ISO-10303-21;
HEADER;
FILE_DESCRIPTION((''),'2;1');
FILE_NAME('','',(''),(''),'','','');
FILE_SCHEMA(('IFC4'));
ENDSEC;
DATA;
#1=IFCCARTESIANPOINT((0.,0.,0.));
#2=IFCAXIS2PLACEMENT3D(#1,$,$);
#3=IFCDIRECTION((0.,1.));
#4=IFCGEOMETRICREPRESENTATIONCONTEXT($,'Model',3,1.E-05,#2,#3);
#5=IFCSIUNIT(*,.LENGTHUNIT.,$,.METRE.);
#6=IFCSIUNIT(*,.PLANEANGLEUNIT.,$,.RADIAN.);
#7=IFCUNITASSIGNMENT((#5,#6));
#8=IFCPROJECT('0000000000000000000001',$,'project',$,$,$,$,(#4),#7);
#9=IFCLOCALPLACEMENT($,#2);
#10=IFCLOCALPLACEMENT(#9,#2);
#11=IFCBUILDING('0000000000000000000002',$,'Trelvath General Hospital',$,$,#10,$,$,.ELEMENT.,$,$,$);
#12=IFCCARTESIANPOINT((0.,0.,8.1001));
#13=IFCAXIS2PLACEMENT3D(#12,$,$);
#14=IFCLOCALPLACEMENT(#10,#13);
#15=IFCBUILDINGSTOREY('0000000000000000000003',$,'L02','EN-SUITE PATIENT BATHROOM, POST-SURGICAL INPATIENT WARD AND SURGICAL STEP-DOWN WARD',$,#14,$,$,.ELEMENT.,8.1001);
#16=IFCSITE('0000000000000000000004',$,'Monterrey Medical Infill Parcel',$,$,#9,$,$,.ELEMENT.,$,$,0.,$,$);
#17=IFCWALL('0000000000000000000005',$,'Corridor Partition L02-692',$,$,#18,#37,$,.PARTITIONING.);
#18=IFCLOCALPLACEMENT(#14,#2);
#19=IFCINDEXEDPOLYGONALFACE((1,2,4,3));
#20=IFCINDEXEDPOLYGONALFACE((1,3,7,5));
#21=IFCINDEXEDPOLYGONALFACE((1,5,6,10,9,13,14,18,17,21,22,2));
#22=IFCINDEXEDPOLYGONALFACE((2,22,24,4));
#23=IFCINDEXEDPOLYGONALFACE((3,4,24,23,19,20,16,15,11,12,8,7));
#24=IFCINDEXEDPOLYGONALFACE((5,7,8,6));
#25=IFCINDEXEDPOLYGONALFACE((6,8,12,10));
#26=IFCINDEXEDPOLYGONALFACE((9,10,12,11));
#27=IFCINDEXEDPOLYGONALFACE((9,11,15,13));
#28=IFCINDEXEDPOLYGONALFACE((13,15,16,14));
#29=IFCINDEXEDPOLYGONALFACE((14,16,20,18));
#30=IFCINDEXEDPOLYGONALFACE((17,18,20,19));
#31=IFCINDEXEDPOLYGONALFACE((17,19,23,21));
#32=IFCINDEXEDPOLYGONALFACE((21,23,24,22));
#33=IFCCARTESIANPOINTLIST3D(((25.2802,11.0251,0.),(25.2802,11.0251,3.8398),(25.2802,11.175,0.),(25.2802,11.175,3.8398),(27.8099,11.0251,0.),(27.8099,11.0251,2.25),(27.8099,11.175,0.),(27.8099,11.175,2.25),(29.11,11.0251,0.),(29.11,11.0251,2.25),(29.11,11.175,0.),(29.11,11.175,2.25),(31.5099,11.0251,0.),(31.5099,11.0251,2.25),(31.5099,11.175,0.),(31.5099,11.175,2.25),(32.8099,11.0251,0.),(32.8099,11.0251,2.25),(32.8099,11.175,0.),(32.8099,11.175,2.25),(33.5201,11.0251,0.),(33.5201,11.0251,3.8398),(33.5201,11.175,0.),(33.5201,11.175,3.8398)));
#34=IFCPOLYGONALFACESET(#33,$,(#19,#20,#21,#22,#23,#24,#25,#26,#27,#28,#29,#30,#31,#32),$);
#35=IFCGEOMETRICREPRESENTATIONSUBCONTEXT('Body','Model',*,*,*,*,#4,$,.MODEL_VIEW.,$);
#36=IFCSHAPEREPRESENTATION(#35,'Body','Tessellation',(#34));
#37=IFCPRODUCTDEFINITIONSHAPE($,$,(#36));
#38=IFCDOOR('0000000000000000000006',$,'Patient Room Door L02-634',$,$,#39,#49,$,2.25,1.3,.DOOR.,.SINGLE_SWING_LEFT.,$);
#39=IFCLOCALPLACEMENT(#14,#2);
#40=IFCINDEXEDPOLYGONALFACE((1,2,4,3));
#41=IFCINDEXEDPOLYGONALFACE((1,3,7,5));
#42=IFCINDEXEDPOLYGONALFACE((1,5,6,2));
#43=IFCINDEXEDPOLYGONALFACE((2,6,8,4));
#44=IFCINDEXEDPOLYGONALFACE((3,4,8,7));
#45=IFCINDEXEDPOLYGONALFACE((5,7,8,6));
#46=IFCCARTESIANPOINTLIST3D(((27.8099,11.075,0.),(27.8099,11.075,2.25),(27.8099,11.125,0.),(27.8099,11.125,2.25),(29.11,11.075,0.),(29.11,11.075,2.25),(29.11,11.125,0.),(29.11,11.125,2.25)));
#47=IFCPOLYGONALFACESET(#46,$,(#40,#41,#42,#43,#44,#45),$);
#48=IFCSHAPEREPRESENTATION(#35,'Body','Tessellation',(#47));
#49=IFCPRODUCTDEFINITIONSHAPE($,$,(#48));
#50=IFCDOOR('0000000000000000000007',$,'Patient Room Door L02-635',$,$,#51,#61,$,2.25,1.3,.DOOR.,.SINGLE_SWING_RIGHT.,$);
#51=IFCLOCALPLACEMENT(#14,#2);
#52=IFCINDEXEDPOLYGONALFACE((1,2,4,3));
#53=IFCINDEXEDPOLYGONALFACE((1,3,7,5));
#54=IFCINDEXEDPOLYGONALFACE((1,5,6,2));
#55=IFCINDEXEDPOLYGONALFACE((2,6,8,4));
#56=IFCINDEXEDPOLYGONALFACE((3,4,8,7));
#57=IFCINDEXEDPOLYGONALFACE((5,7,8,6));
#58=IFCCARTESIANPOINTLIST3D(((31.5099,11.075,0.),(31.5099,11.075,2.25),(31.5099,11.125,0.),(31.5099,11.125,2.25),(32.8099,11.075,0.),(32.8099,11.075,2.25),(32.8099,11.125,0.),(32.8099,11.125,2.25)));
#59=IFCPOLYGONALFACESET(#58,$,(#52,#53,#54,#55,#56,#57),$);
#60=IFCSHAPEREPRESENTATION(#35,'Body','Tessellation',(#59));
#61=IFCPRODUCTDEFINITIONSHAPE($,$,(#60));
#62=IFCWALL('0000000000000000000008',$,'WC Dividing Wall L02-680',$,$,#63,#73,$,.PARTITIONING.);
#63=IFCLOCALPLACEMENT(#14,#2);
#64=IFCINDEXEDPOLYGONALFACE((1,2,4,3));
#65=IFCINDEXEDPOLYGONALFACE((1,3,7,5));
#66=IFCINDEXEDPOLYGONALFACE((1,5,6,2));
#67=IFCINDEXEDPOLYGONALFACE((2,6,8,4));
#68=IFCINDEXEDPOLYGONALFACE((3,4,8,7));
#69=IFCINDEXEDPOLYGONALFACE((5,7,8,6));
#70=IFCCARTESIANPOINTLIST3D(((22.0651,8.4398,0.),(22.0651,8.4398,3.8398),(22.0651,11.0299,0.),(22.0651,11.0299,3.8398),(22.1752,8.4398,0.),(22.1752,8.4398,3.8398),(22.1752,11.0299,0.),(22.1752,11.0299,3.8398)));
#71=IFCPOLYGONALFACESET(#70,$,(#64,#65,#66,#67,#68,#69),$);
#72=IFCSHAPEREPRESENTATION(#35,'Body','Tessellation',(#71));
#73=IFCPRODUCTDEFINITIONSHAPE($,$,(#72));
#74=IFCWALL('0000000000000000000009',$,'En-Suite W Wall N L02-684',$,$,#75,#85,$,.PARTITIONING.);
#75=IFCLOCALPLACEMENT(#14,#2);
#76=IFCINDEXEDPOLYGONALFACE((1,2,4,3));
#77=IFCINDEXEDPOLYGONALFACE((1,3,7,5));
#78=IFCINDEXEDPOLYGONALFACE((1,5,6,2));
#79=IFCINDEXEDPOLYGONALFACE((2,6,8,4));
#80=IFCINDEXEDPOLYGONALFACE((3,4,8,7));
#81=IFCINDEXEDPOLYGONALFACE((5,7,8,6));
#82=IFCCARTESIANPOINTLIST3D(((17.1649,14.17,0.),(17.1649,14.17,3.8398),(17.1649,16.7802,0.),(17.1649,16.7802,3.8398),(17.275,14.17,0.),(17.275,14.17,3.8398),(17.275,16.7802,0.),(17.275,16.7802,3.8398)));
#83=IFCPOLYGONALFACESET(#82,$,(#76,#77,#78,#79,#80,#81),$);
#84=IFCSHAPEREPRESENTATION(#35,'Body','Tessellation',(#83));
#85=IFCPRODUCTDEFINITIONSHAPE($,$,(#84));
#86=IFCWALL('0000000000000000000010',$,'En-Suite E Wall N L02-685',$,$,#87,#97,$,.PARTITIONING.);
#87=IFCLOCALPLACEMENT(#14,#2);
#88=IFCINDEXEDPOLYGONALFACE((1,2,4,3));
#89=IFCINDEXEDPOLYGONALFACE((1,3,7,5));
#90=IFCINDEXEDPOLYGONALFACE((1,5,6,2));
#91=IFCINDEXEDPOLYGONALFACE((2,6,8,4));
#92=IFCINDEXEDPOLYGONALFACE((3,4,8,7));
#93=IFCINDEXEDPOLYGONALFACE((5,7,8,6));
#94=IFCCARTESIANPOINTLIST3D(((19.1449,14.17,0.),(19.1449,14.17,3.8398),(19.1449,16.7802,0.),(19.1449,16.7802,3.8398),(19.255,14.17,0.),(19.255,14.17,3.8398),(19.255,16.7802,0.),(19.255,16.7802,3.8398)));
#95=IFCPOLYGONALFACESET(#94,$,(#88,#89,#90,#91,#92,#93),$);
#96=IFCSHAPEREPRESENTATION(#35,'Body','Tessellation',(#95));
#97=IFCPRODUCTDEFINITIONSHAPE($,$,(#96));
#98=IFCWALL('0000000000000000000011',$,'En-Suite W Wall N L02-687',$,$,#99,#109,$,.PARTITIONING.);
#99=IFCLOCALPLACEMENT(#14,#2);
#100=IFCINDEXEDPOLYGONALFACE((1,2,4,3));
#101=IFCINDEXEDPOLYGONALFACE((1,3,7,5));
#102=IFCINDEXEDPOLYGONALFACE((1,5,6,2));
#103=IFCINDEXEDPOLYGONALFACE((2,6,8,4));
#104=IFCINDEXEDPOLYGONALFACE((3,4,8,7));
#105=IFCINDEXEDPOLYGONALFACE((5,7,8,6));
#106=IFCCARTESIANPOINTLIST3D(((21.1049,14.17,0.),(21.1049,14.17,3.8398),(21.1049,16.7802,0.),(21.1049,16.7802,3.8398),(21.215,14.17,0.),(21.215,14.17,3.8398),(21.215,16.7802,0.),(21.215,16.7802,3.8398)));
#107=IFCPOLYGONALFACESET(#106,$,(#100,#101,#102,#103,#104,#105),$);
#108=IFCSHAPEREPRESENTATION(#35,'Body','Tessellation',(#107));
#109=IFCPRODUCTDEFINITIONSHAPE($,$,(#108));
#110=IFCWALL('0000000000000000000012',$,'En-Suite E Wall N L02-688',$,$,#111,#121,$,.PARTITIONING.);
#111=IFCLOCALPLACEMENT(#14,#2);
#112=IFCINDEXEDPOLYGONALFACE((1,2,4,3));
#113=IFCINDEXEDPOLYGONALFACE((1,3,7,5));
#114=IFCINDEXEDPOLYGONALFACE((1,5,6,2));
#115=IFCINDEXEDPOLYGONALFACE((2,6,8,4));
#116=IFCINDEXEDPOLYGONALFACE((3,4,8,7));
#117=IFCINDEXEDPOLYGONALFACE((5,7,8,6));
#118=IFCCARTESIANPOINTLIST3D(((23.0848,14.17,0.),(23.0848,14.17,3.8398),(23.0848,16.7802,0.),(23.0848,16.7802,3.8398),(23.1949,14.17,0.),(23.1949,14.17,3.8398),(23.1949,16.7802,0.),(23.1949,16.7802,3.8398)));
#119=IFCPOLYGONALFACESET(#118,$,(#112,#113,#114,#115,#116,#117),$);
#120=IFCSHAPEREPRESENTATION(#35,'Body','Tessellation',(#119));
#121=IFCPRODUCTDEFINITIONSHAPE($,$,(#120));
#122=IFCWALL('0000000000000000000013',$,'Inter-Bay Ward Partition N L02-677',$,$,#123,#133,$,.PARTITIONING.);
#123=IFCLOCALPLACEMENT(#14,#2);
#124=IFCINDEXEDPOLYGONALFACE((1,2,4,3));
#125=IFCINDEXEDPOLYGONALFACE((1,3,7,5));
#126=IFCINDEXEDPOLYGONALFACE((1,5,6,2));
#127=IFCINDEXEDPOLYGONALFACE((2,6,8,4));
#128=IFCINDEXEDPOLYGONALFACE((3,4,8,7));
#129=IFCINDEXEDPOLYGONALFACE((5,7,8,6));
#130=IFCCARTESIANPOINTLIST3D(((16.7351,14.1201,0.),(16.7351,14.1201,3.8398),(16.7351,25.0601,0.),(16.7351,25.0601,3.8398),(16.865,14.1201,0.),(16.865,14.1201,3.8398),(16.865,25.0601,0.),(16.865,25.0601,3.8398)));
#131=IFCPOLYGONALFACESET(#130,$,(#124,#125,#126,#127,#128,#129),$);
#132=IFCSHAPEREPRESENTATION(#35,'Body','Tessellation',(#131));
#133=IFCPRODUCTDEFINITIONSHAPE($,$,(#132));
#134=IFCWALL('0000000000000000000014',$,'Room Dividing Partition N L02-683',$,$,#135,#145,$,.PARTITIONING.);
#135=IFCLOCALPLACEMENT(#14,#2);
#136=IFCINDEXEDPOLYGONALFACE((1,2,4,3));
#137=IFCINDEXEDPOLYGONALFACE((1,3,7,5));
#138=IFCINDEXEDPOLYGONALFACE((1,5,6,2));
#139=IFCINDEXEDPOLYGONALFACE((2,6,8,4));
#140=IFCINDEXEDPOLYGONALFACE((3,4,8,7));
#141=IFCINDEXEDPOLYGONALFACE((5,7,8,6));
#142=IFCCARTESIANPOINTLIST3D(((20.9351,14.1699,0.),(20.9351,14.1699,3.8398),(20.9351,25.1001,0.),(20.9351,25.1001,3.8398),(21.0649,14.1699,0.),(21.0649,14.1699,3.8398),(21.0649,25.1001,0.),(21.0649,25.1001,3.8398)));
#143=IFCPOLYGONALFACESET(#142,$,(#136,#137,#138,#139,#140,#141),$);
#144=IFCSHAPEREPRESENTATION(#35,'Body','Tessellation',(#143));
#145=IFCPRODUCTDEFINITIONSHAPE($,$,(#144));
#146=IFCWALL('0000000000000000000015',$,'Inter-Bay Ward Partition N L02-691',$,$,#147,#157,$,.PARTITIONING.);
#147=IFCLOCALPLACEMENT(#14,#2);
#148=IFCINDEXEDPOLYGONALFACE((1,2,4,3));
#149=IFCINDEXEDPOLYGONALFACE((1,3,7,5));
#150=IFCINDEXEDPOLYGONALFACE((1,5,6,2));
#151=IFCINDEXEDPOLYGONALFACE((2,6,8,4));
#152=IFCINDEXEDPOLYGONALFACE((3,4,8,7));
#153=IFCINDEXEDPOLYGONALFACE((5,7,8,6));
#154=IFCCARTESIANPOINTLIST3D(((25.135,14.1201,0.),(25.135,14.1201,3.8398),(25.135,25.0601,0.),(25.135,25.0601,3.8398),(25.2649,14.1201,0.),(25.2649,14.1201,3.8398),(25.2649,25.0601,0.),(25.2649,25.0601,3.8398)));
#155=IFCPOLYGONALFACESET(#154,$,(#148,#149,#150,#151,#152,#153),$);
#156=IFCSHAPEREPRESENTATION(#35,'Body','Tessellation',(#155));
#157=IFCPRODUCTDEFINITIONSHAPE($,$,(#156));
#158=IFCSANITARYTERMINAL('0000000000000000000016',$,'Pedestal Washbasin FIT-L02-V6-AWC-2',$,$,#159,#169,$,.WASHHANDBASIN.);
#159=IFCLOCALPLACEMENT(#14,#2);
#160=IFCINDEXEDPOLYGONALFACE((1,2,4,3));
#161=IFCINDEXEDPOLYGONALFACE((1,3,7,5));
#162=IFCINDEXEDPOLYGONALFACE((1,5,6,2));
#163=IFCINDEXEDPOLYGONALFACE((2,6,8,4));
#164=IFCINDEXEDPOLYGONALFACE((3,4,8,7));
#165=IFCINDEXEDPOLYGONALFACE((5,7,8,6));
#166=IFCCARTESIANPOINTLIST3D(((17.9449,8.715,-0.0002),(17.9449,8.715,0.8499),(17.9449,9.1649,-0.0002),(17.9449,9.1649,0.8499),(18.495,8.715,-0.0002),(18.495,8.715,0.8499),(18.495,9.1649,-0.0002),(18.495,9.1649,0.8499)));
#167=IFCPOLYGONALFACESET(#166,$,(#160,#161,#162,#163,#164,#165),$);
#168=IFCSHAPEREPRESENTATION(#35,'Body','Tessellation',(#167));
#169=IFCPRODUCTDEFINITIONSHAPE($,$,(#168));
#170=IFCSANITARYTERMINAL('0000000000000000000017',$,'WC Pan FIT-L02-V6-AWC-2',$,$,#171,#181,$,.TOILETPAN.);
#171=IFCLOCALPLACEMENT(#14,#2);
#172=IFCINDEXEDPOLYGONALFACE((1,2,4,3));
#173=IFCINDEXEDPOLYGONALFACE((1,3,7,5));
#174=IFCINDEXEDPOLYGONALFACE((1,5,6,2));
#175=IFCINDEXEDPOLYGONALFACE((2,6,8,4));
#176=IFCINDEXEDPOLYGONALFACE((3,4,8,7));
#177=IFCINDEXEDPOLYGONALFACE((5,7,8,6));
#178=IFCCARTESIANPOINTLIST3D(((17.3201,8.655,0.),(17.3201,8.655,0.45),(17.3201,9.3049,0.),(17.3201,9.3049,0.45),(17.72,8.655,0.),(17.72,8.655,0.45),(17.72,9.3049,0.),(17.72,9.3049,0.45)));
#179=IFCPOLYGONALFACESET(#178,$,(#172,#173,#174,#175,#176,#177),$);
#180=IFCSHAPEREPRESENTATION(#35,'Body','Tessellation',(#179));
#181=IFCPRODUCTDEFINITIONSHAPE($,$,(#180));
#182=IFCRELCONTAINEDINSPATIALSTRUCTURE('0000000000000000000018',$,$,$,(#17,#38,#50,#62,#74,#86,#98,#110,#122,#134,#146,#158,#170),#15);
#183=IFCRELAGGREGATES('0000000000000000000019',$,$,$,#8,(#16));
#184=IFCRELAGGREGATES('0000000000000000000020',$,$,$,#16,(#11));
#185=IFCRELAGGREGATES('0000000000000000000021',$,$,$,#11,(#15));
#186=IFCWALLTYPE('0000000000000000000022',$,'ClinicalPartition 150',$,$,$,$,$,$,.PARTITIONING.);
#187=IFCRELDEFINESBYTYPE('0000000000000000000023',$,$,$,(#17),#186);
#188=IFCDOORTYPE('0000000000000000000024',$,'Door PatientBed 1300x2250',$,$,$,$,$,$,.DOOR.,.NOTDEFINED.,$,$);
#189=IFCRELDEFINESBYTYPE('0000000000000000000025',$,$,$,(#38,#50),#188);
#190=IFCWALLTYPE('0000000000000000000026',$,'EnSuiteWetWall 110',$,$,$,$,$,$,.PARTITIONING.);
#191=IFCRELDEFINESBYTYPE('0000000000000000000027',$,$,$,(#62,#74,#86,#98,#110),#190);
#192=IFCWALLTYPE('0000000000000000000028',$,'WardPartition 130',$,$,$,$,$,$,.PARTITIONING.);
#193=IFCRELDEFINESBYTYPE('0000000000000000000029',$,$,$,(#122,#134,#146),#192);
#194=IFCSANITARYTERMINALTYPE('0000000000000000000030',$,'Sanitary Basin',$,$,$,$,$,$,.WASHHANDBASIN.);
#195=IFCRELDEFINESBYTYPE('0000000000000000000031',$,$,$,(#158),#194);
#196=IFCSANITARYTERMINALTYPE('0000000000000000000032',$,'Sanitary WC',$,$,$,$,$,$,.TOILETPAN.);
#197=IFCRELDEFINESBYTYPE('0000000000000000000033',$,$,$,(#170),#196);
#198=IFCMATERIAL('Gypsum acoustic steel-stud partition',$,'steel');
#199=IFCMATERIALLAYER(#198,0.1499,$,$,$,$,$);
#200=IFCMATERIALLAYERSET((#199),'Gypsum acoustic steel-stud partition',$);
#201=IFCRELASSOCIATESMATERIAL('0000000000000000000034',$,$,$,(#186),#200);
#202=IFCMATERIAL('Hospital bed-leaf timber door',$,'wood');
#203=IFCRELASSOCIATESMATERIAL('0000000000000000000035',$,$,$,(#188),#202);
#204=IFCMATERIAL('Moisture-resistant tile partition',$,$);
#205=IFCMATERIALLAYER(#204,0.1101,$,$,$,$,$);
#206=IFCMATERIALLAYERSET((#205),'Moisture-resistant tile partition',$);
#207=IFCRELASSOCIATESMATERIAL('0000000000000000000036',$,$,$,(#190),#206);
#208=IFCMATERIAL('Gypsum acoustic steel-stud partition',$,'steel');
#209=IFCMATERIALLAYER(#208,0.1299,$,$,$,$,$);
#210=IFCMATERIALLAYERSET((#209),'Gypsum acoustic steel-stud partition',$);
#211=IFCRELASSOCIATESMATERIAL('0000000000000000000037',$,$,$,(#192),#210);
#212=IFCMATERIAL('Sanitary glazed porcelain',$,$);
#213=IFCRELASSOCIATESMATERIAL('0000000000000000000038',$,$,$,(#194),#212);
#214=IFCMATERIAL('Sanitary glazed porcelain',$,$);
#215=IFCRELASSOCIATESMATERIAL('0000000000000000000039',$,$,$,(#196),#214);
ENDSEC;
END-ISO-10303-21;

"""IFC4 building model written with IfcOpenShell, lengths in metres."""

from ifc_helpers import new_model, si_unit, direction, frame, frame_2d, origin, origin_2d, place, context, subcontext, project, spatial, rectangle, extrude, material, layer, layer_set, type_object, element, fill, save


model = new_model("IFC4")

# Units and contexts
model_context = context("Model", 3, precision=1e-05, world=origin(), true_north=direction((0.0, 1.0)))
body_context = subcontext(model_context, "Body", "Model", "MODEL_VIEW")
ifc_project = project(units=[si_unit("LENGTHUNIT", "METRE"), si_unit("PLANEANGLEUNIT", "RADIAN")], contexts=[model_context])

# Site, building, storey
site_placement = place(None, origin())
site = spatial("IfcSite", under=ifc_project, at=site_placement, Name="Monterrey Medical Infill Parcel", CompositionType="ELEMENT", RefElevation=0.0)
building_placement = place(site_placement, origin())
building = spatial("IfcBuilding", under=site, at=building_placement, Name="Trelvath General Hospital", CompositionType="ELEMENT")
storey_placement = place(building_placement, frame((0.0, 0.0, 8.1001)))
storey = spatial("IfcBuildingStorey", under=building, at=storey_placement, Name="L02", Description="EN-SUITE PATIENT BATHROOM, POST-SURGICAL INPATIENT WARD AND SURGICAL STEP-DOWN WARD", CompositionType="ELEMENT", Elevation=8.1001)

# Wall, openings, doors
ifc_material_1 = material(Name="Gypsum acoustic steel-stud partition", Category="steel")
ifc_layer_1 = layer(ifc_material_1, 0.1499)
ifc_layer_set_1 = layer_set([ifc_layer_1], Name="Gypsum acoustic steel-stud partition")
wall_type_1 = type_object("IfcWallType", Name="ClinicalPartition 150", PredefinedType="PARTITIONING", material=ifc_layer_set_1)
ifc_material_2 = material(Name="Hospital bed-leaf timber door", Category="wood")
door_type_1 = type_object("IfcDoorType", Name="Door PatientBed 1300x2250", OperationType="NOTDEFINED", PredefinedType="DOOR", material=ifc_material_2)
wall_1_placement = place(storey_placement, frame((25.28, 11.1001, 0.0), z_axis=(0.0, 0.0, 1.0), x_axis=(1.0, 0.0, 0.0)))
wall_1 = element("IfcWall", 1, at=wall_1_placement, inside=storey, type_object=wall_type_1, Name="Corridor Partition L02-692", PredefinedType="PARTITIONING", context=body_context, shape_type="SweptSolid", body=[
    extrude(rectangle(XDim=8.24, YDim=0.1499, at=frame_2d((4.1201, 0.0))), origin(), (0.0, 0.0, 1.0), 3.8398),
])
opening_1_placement = place(wall_1_placement, frame((2.53, 0.0, 0.0)))
opening_1 = element("IfcOpeningElement", 2, at=opening_1_placement, cuts=wall_1, PredefinedType="OPENING", context=body_context, shape_type="SweptSolid", body=[
    extrude(rectangle(XDim=1.3, YDim=2.25, at=frame_2d((0.6499, 1.125))), frame((0.0, 0.085, 0.0), z_axis=(0.0, -1.0, 0.0), x_axis=(1.0, 0.0, 0.0)), (0.0, 0.0, 1.0), 0.1699),
])
opening_2_placement = place(wall_1_placement, frame((6.23, 0.0, 0.0)))
opening_2 = element("IfcOpeningElement", 3, at=opening_2_placement, cuts=wall_1, PredefinedType="OPENING", context=body_context, shape_type="SweptSolid", body=[
    extrude(rectangle(XDim=1.3, YDim=2.25, at=frame_2d((0.6499, 1.125))), frame((0.0, 0.085, 0.0), z_axis=(0.0, -1.0, 0.0), x_axis=(1.0, 0.0, 0.0)), (0.0, 0.0, 1.0), 0.1699),
])
door_1_placement = place(opening_1_placement, origin())
door_1 = element("IfcDoor", 4, at=door_1_placement, inside=storey, type_object=door_type_1, Name="Patient Room Door L02-634", OperationType="SINGLE_SWING_LEFT", OverallHeight=2.25, OverallWidth=1.3, PredefinedType="DOOR", context=body_context, shape_type="SweptSolid", body=[
    extrude(rectangle(XDim=1.3, YDim=2.25, at=frame_2d((0.6499, 1.125))), frame((0.0, 0.0249, 0.0), z_axis=(0.0, -1.0, 0.0), x_axis=(1.0, 0.0, 0.0)), (0.0, 0.0, 1.0), 0.05),
])
fill(opening_1, door_1)
door_2_placement = place(opening_2_placement, origin())
door_2 = element("IfcDoor", 5, at=door_2_placement, inside=storey, type_object=door_type_1, Name="Patient Room Door L02-635", OperationType="SINGLE_SWING_RIGHT", OverallHeight=2.25, OverallWidth=1.3, PredefinedType="DOOR", context=body_context, shape_type="SweptSolid", body=[
    extrude(rectangle(XDim=1.3, YDim=2.25, at=frame_2d((0.6499, 1.125))), frame((0.0, 0.0249, 0.0), z_axis=(0.0, -1.0, 0.0), x_axis=(1.0, 0.0, 0.0)), (0.0, 0.0, 1.0), 0.05),
])
fill(opening_2, door_2)

# Walls
ifc_material_3 = material(Name="Moisture-resistant tile partition")
ifc_layer_2 = layer(ifc_material_3, 0.1101)
ifc_layer_set_2 = layer_set([ifc_layer_2], Name="Moisture-resistant tile partition")
wall_type_2 = type_object("IfcWallType", Name="EnSuiteWetWall 110", PredefinedType="PARTITIONING", material=ifc_layer_set_2)
wall_2_placement = place(storey_placement, frame((22.1201, 8.4399, 0.0), z_axis=(0.0, 0.0, 1.0), x_axis=(0.0, 1.0, 0.0)))
element("IfcWall", 6, at=wall_2_placement, inside=storey, type_object=wall_type_2, Name="WC Dividing Wall L02-680", PredefinedType="PARTITIONING", context=body_context, shape_type="SweptSolid", body=[
    extrude(rectangle(XDim=2.5901, YDim=0.1101, at=frame_2d((1.2949, 0.0))), origin(), (0.0, 0.0, 1.0), 3.8398),
])
for number, where, z_axis, x_axis, name in (
    (7, (17.22, 14.1699, 0.0), (0.0, 0.0, 1.0), (0.0, 1.0, 0.0), "En-Suite W Wall N L02-684"),
    (8, (19.2, 14.1699, 0.0), (0.0, 0.0, 1.0), (0.0, 1.0, 0.0), "En-Suite E Wall N L02-685"),
    (9, (21.1599, 14.1699, 0.0), (0.0, 0.0, 1.0), (0.0, 1.0, 0.0), "En-Suite W Wall N L02-687"),
    (10, (23.1399, 14.1699, 0.0), (0.0, 0.0, 1.0), (0.0, 1.0, 0.0), "En-Suite E Wall N L02-688"),
):
    element("IfcWall", number, at=place(storey_placement, frame(where, z_axis=z_axis, x_axis=x_axis)), inside=storey, type_object=wall_type_2, Name=name, PredefinedType="PARTITIONING", context=body_context, shape_type="SweptSolid", body=[
        extrude(rectangle(XDim=2.6101, YDim=0.1101, at=frame_2d((1.3052, 0.0))), origin(), (0.0, 0.0, 1.0), 3.8398),
    ])
ifc_material_4 = material(Name="Gypsum acoustic steel-stud partition", Category="steel")
ifc_layer_3 = layer(ifc_material_4, 0.1299)
ifc_layer_set_3 = layer_set([ifc_layer_3], Name="Gypsum acoustic steel-stud partition")
wall_type_3 = type_object("IfcWallType", Name="WardPartition 130", PredefinedType="PARTITIONING", material=ifc_layer_set_3)
wall_3_placement = place(storey_placement, frame((16.8, 14.1201, 0.0), z_axis=(0.0, 0.0, 1.0), x_axis=(0.0, 1.0, 0.0)))
element("IfcWall", 11, at=wall_3_placement, inside=storey, type_object=wall_type_3, Name="Inter-Bay Ward Partition N L02-677", PredefinedType="PARTITIONING", context=body_context, shape_type="SweptSolid", body=[
    extrude(rectangle(XDim=10.9399, YDim=0.1299, at=frame_2d((5.47, 0.0))), origin(), (0.0, 0.0, 1.0), 3.8398),
])
wall_4_placement = place(storey_placement, frame((21.0, 14.1699, 0.0), z_axis=(0.0, 0.0, 1.0), x_axis=(0.0, 1.0, 0.0)))
element("IfcWall", 12, at=wall_4_placement, inside=storey, type_object=wall_type_3, Name="Room Dividing Partition N L02-683", PredefinedType="PARTITIONING", context=body_context, shape_type="SweptSolid", body=[
    extrude(rectangle(XDim=10.9302, YDim=0.1299, at=frame_2d((5.4651, 0.0))), origin(), (0.0, 0.0, 1.0), 3.8398),
])
wall_5_placement = place(storey_placement, frame((25.2, 14.1201, 0.0), z_axis=(0.0, 0.0, 1.0), x_axis=(0.0, 1.0, 0.0)))
element("IfcWall", 13, at=wall_5_placement, inside=storey, type_object=wall_type_3, Name="Inter-Bay Ward Partition N L02-691", PredefinedType="PARTITIONING", context=body_context, shape_type="SweptSolid", body=[
    extrude(rectangle(XDim=10.9399, YDim=0.1299, at=frame_2d((5.47, 0.0))), origin(), (0.0, 0.0, 1.0), 3.8398),
])

# Sanitary terminals
ifc_material_5 = material(Name="Sanitary glazed porcelain")
sanitary_terminal_type_1 = type_object("IfcSanitaryTerminalType", Name="Sanitary Basin", PredefinedType="WASHHANDBASIN", material=ifc_material_5)
sanitary_terminal_1_placement = place(storey_placement, frame((18.22, 8.9399, -0.0002), z_axis=(0.0, 0.0, 1.0), x_axis=(1.0, 0.0, 0.0)))
element("IfcSanitaryTerminal", 14, at=sanitary_terminal_1_placement, inside=storey, type_object=sanitary_terminal_type_1, Name="Pedestal Washbasin FIT-L02-V6-AWC-2", PredefinedType="WASHHANDBASIN", context=body_context, shape_type="SweptSolid", body=[
    extrude(rectangle(XDim=0.55, YDim=0.45, at=origin_2d()), origin(), (0.0, 0.0, 1.0), 0.8501),
])
ifc_material_6 = material(Name="Sanitary glazed porcelain")
sanitary_terminal_type_2 = type_object("IfcSanitaryTerminalType", Name="Sanitary WC", PredefinedType="TOILETPAN", material=ifc_material_6)
sanitary_terminal_2_placement = place(storey_placement, frame((17.52, 8.98, 0.0), z_axis=(0.0, 0.0, 1.0), x_axis=(1.0, 0.0, 0.0)))
element("IfcSanitaryTerminal", 15, at=sanitary_terminal_2_placement, inside=storey, type_object=sanitary_terminal_type_2, Name="WC Pan FIT-L02-V6-AWC-2", PredefinedType="TOILETPAN", context=body_context, shape_type="SweptSolid", body=[
    extrude(rectangle(XDim=0.3999, YDim=0.6499, at=origin_2d()), origin(), (0.0, 0.0, 1.0), 0.45),
])

save(model, "model.ifc")
